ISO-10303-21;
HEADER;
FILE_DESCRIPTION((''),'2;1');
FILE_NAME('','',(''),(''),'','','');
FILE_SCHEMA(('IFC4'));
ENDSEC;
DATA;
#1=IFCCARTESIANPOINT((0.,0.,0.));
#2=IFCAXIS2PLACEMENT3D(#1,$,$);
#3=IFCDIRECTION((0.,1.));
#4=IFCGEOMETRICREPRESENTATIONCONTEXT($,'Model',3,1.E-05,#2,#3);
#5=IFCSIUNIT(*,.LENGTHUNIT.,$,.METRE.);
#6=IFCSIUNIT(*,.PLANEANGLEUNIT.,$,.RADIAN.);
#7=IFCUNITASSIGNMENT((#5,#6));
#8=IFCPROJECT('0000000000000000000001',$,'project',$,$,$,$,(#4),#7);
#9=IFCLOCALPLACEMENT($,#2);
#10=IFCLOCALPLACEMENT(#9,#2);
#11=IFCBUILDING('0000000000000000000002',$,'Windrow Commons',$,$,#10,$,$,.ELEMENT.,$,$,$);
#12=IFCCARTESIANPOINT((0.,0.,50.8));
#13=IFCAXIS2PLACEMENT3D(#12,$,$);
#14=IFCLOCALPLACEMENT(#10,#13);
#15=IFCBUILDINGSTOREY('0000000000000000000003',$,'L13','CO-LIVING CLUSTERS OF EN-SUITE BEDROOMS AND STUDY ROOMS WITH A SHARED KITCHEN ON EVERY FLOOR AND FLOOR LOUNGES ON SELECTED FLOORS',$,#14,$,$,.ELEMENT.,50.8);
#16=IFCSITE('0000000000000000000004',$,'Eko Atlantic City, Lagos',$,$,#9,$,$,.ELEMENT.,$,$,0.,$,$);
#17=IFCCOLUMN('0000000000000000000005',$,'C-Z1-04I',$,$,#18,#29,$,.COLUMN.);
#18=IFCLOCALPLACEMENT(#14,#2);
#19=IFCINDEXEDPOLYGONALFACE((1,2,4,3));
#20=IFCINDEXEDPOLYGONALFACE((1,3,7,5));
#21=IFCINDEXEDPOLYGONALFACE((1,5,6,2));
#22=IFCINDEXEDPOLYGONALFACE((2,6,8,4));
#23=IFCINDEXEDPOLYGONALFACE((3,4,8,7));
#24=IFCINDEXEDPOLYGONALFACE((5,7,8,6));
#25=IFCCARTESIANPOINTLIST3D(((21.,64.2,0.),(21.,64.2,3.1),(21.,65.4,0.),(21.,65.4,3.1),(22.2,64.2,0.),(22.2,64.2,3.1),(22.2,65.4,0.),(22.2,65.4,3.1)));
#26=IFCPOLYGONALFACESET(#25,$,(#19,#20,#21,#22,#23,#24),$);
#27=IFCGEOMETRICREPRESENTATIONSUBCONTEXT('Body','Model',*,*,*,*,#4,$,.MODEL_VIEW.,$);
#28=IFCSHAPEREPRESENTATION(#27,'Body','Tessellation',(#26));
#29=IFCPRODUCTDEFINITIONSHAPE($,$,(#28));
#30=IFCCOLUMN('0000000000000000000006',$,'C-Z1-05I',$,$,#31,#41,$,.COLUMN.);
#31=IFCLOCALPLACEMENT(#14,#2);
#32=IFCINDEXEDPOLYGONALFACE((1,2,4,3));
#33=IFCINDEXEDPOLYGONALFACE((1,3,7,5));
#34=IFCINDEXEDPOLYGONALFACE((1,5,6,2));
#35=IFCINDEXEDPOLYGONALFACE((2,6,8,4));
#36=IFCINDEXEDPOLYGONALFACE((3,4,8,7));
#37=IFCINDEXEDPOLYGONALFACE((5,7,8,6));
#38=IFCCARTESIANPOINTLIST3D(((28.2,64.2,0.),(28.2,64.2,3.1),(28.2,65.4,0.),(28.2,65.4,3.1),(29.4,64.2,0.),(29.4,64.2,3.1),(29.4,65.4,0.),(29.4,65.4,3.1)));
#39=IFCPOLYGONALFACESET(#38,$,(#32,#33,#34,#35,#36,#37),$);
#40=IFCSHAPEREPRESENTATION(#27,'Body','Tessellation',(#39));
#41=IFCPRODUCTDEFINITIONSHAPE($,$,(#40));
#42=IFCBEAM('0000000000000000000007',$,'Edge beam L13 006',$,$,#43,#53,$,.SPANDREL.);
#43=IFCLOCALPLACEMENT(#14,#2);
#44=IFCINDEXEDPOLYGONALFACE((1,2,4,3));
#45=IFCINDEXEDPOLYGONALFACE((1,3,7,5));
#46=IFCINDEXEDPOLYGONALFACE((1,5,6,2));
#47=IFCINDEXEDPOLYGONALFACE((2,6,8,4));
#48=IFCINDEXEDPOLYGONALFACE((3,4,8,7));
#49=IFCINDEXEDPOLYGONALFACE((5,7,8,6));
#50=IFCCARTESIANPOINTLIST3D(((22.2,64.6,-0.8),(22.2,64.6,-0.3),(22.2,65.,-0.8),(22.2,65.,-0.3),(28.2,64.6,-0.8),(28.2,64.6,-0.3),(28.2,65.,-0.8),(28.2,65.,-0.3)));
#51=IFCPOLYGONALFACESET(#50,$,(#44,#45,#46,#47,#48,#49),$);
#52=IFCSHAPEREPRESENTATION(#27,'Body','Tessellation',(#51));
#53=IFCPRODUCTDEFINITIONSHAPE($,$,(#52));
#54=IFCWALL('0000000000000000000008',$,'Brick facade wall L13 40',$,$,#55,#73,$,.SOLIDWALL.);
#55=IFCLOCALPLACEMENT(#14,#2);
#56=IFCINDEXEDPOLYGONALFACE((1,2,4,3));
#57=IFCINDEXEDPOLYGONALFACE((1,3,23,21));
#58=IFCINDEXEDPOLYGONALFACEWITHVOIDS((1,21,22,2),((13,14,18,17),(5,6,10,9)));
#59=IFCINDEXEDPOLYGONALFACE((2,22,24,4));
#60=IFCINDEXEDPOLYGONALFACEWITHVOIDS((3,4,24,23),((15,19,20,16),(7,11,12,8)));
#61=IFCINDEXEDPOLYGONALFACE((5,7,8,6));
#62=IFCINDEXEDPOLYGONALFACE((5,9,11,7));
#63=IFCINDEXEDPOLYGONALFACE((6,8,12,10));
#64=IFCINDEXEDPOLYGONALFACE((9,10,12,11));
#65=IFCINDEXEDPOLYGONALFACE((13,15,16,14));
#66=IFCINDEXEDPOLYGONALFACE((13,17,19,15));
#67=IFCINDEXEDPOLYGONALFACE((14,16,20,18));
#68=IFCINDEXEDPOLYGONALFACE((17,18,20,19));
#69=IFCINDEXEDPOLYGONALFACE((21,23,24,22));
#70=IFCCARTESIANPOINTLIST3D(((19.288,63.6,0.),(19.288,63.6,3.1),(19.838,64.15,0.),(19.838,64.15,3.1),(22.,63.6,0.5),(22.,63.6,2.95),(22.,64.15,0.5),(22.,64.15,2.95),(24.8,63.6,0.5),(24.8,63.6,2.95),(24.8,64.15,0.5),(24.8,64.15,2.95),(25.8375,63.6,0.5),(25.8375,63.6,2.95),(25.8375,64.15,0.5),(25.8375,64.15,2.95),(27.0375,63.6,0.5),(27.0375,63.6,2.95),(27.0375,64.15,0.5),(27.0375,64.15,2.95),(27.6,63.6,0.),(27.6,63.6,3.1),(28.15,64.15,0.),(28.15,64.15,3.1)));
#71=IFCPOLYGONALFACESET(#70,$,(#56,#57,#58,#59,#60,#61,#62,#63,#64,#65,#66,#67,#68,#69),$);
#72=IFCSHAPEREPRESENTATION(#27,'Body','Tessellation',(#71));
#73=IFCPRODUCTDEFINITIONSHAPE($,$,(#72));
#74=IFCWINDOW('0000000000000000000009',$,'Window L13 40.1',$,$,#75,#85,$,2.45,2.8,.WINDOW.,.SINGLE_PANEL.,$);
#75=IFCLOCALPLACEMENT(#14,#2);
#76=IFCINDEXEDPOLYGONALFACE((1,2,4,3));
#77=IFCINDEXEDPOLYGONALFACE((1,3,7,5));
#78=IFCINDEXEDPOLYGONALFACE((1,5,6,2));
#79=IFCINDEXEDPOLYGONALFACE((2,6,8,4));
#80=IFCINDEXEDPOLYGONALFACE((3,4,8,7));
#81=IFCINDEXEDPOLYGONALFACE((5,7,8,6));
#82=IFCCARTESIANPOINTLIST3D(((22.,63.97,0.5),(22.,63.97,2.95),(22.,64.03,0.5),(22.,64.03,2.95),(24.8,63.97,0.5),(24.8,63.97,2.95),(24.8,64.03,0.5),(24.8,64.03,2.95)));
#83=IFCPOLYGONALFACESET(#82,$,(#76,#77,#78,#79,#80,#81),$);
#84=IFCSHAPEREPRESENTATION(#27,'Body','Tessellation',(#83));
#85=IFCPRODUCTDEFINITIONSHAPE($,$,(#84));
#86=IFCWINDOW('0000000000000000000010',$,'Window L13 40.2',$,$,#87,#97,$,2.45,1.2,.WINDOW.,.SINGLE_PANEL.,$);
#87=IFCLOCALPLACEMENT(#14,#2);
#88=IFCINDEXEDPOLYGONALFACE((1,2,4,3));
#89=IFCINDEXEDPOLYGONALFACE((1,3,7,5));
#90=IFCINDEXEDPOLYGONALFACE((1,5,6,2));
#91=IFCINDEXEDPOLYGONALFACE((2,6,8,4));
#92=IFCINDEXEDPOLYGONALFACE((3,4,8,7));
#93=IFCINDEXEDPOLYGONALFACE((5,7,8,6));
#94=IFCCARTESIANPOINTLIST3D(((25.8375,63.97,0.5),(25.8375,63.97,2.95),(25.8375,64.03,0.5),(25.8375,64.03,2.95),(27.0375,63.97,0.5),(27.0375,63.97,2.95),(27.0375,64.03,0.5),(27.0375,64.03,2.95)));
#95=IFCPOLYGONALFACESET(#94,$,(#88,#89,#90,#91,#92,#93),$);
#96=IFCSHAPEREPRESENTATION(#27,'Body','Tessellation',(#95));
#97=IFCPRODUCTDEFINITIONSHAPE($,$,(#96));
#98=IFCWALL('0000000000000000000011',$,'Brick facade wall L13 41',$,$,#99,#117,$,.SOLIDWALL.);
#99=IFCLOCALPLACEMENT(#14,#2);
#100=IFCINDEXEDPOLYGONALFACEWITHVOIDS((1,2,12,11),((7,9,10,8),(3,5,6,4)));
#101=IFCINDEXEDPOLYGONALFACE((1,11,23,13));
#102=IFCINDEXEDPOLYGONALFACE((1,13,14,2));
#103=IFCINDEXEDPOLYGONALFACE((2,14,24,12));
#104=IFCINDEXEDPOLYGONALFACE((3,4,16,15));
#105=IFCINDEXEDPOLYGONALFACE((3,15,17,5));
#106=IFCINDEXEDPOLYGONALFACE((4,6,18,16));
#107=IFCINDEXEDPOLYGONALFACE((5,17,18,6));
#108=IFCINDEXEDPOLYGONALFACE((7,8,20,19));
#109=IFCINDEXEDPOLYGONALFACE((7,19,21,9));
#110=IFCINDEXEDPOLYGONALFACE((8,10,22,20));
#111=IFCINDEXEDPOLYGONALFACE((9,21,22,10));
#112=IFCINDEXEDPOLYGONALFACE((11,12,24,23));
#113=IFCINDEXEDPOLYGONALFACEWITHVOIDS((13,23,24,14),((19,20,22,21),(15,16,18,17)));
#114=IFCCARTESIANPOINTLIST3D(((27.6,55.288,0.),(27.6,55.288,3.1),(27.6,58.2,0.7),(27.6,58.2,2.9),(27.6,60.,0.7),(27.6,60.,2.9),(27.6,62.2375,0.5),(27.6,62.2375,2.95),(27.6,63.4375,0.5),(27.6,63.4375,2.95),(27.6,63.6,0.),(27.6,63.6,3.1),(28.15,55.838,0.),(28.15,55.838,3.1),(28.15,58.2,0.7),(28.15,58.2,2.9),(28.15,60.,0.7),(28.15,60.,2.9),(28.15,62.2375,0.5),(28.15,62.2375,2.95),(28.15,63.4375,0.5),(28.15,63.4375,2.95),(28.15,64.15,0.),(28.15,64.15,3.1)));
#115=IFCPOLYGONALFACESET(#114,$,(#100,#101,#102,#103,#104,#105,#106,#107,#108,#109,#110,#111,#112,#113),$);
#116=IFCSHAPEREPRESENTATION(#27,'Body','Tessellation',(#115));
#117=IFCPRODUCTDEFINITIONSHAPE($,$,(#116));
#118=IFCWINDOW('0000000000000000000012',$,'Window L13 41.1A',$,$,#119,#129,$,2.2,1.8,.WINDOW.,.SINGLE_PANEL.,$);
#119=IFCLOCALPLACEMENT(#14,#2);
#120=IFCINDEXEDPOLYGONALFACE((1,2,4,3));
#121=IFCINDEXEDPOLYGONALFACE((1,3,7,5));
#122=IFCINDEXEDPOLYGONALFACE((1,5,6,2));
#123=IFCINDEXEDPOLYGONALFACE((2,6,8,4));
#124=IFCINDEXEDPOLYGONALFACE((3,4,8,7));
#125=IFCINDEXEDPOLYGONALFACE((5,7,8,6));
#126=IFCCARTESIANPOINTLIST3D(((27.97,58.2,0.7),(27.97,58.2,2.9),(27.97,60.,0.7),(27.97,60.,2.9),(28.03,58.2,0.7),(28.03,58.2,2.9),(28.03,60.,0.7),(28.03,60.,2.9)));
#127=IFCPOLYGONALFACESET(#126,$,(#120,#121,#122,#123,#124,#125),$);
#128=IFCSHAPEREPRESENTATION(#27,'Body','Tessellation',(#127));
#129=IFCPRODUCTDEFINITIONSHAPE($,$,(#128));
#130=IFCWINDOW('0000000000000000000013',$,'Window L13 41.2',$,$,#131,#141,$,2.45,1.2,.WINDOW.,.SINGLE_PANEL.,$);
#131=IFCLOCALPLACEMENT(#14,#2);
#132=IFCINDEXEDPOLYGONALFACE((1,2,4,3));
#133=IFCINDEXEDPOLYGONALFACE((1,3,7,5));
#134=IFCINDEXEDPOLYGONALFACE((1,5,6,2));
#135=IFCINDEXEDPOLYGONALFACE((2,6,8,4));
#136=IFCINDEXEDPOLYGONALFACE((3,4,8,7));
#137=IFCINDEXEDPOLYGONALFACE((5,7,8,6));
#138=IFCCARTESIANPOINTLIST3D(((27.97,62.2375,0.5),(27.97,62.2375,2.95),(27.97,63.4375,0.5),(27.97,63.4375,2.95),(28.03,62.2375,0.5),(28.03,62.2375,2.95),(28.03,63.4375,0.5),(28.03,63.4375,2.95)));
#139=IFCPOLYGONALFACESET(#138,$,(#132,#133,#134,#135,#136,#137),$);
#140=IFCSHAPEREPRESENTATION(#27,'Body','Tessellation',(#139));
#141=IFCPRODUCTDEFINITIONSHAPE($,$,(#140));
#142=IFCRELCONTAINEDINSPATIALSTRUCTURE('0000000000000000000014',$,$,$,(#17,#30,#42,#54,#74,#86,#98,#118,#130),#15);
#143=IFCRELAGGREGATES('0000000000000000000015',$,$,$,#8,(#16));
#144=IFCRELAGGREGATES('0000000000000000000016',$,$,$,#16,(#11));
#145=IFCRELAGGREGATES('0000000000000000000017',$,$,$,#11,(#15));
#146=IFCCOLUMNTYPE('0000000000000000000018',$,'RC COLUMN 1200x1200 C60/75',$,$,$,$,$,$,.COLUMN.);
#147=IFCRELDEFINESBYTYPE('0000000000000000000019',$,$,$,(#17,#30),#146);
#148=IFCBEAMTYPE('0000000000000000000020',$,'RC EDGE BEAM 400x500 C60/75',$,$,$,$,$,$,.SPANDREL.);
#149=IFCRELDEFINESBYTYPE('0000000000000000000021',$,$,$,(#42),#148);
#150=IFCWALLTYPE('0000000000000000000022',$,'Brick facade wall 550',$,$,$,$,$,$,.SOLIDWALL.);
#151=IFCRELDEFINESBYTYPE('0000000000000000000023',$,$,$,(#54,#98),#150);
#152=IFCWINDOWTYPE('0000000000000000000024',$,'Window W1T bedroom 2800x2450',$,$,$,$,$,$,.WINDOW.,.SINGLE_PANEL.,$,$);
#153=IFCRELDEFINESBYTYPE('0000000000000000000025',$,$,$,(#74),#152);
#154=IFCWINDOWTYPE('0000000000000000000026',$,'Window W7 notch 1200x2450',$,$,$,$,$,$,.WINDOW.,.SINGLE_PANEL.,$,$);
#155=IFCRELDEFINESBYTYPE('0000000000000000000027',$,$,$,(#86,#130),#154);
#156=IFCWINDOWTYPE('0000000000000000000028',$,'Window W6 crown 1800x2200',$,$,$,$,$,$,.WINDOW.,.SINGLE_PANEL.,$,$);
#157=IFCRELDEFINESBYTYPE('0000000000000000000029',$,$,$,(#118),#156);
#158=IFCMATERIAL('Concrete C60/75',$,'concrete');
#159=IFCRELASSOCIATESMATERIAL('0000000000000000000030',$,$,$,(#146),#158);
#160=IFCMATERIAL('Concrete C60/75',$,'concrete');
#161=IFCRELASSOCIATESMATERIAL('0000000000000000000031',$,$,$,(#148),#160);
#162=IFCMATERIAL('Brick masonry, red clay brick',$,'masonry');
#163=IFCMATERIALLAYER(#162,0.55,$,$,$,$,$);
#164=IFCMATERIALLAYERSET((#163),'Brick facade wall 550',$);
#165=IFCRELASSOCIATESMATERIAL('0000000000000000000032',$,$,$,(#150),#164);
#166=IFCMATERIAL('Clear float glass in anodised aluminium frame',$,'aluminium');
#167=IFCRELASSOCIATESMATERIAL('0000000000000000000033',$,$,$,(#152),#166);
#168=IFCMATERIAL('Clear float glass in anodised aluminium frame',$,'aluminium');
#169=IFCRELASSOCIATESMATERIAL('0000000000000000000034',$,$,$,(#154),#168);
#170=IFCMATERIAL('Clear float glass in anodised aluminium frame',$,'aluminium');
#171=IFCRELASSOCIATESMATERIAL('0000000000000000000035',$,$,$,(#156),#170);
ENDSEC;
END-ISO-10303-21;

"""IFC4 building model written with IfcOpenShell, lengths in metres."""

from ifc_helpers import new_model, si_unit, direction, frame, frame_2d, origin, origin_2d, place, context, subcontext, project, spatial, polyline, rectangle, outline, extrude, material, layer, layer_set, material_profile, profile_set, type_object, element, fill, save


model = new_model("IFC4")

# Units and contexts
model_context = context("Model", 3, precision=1e-05, world=origin(), true_north=direction((0.0, 1.0)))
body_context = subcontext(model_context, "Body", "Model", "MODEL_VIEW")
ifc_project = project(units=[si_unit("LENGTHUNIT", "METRE"), si_unit("PLANEANGLEUNIT", "RADIAN")], contexts=[model_context])

# Site, building, storey
site_placement = place(None, origin())
site = spatial("IfcSite", under=ifc_project, at=site_placement, Name="Eko Atlantic City, Lagos", CompositionType="ELEMENT", RefElevation=0.0)
building_placement = place(site_placement, origin())
building = spatial("IfcBuilding", under=site, at=building_placement, Name="Windrow Commons", CompositionType="ELEMENT")
storey_placement = place(building_placement, frame((0.0, 0.0, 50.8)))
storey = spatial("IfcBuildingStorey", under=building, at=storey_placement, Name="L13", Description="CO-LIVING CLUSTERS OF EN-SUITE BEDROOMS AND STUDY ROOMS WITH A SHARED KITCHEN ON EVERY FLOOR AND FLOOR LOUNGES ON SELECTED FLOORS", CompositionType="ELEMENT", Elevation=50.8)

# Columns
ifc_material_1 = material(Name="Concrete C60/75", Category="concrete")
ifc_material_profile_1 = material_profile(ifc_material_1, rectangle(XDim=1.2, YDim=1.2, at=origin_2d()))
ifc_profile_set_1 = profile_set([ifc_material_profile_1], Name="Concrete C60/75")
column_type = type_object("IfcColumnType", Name="RC COLUMN 1200x1200 C60/75", PredefinedType="COLUMN", material=ifc_profile_set_1)
for number, where, z_axis, x_axis, name in (
    (1, (21.6, 64.8, 0.0), (0.0, 0.0, 1.0), (1.0, 0.0, 0.0), "C-Z1-04I"),
    (2, (28.8, 64.8, 0.0), (0.0, 0.0, 1.0), (1.0, 0.0, 0.0), "C-Z1-05I"),
):
    element("IfcColumn", number, at=place(storey_placement, frame(where, z_axis=z_axis, x_axis=x_axis)), inside=storey, type_object=column_type, Name=name, PredefinedType="COLUMN", context=body_context, shape_type="SweptSolid", body=[
        extrude(rectangle(XDim=1.2, YDim=1.2, at=origin_2d()), origin(), (0.0, 0.0, 1.0), 3.1),
    ])

# Beam
ifc_material_2 = material(Name="Concrete C60/75", Category="concrete")
ifc_material_profile_2 = material_profile(ifc_material_2, rectangle(XDim=0.4, YDim=0.5, at=origin_2d()))
ifc_profile_set_2 = profile_set([ifc_material_profile_2], Name="Concrete C60/75")
beam_type = type_object("IfcBeamType", Name="RC EDGE BEAM 400x500 C60/75", PredefinedType="SPANDREL", material=ifc_profile_set_2)
beam_placement = place(storey_placement, frame((28.2, 64.8, -0.55), z_axis=(-1.0, 0.0, 0.0), x_axis=(0.0, -1.0, 0.0)))
element("IfcBeam", 3, at=beam_placement, inside=storey, type_object=beam_type, Name="Edge beam L13 006", PredefinedType="SPANDREL", context=body_context, shape_type="SweptSolid", body=[
    extrude(rectangle(XDim=0.4, YDim=0.5, at=origin_2d()), origin(), (0.0, 0.0, 1.0), 6.0),
])

# Walls, openings, windows
ifc_material_3 = material(Name="Brick masonry, red clay brick", Category="masonry")
ifc_layer_1 = layer(ifc_material_3, 0.55)
ifc_layer_set_1 = layer_set([ifc_layer_1], Name="Brick facade wall 550")
wall_type_1 = type_object("IfcWallType", Name="Brick facade wall 550", PredefinedType="SOLIDWALL", material=ifc_layer_set_1)
wall_1_placement = place(storey_placement, frame((19.563, 63.875, 0.0), z_axis=(0.0, 0.0, 1.0), x_axis=(1.0, 0.0, 0.0)))
wall_1 = element("IfcWall", 4, at=wall_1_placement, inside=storey, type_object=wall_type_1, Name="Brick facade wall L13 40", PredefinedType="SOLIDWALL", context=body_context, shape_type="SweptSolid", body=[
    extrude(outline(polyline([(-0.275, -0.275), (8.037, -0.275), (8.587, 0.275), (0.275, 0.275), (-0.275, -0.275)])), origin(), (0.0, 0.0, 1.0), 3.1),
])
opening_1_placement = place(wall_1_placement, frame((2.437, 0.0, 0.5)))
opening_1 = element("IfcOpeningElement", 5, at=opening_1_placement, cuts=wall_1, PredefinedType="OPENING", context=body_context, shape_type="SweptSolid", body=[
    extrude(rectangle(XDim=2.8, YDim=2.45, at=frame_2d((1.4, 1.225))), frame((0.0, 0.285, 0.0), z_axis=(0.0, -1.0, 0.0), x_axis=(1.0, 0.0, 0.0)), (0.0, 0.0, 1.0), 0.57),
])
opening_2_placement = place(wall_1_placement, frame((6.2745, 0.0, 0.5)))
opening_2 = element("IfcOpeningElement", 6, at=opening_2_placement, cuts=wall_1, PredefinedType="OPENING", context=body_context, shape_type="SweptSolid", body=[
    extrude(rectangle(XDim=1.2, YDim=2.45, at=frame_2d((0.6, 1.225))), frame((0.0, 0.285, 0.0), z_axis=(0.0, -1.0, 0.0), x_axis=(1.0, 0.0, 0.0)), (0.0, 0.0, 1.0), 0.57),
])
ifc_material_4 = material(Name="Clear float glass in anodised aluminium frame", Category="aluminium")
window_type_1 = type_object("IfcWindowType", Name="Window W1T bedroom 2800x2450", PartitioningType="SINGLE_PANEL", PredefinedType="WINDOW", material=ifc_material_4)
window_1_placement = place(opening_1_placement, origin())
window_1 = element("IfcWindow", 7, at=window_1_placement, inside=storey, type_object=window_type_1, Name="Window L13 40.1", OverallHeight=2.45, OverallWidth=2.8, PartitioningType="SINGLE_PANEL", PredefinedType="WINDOW", context=body_context, shape_type="SweptSolid", body=[
    extrude(rectangle(XDim=2.8, YDim=2.45, at=frame_2d((1.4, 1.225))), frame((0.0, 0.155, 0.0), z_axis=(0.0, -1.0, 0.0), x_axis=(1.0, 0.0, 0.0)), (0.0, 0.0, 1.0), 0.06),
])
fill(opening_1, window_1)
ifc_material_5 = material(Name="Clear float glass in anodised aluminium frame", Category="aluminium")
window_type_2 = type_object("IfcWindowType", Name="Window W7 notch 1200x2450", PartitioningType="SINGLE_PANEL", PredefinedType="WINDOW", material=ifc_material_5)
window_2_placement = place(opening_2_placement, origin())
window_2 = element("IfcWindow", 8, at=window_2_placement, inside=storey, type_object=window_type_2, Name="Window L13 40.2", OverallHeight=2.45, OverallWidth=1.2, PartitioningType="SINGLE_PANEL", PredefinedType="WINDOW", context=body_context, shape_type="SweptSolid", body=[
    extrude(rectangle(XDim=1.2, YDim=2.45, at=frame_2d((0.6, 1.225))), frame((0.0, 0.155, 0.0), z_axis=(0.0, -1.0, 0.0), x_axis=(1.0, 0.0, 0.0)), (0.0, 0.0, 1.0), 0.06),
])
fill(opening_2, window_2)
wall_2_placement = place(storey_placement, frame((27.875, 63.875, 0.0), z_axis=(0.0, 0.0, 1.0), x_axis=(0.0, -1.0, 0.0)))
wall_2 = element("IfcWall", 9, at=wall_2_placement, inside=storey, type_object=wall_type_1, Name="Brick facade wall L13 41", PredefinedType="SOLIDWALL", context=body_context, shape_type="SweptSolid", body=[
    extrude(outline(polyline([(0.275, -0.275), (8.587, -0.275), (8.037, 0.275), (-0.275, 0.275), (0.275, -0.275)])), origin(), (0.0, 0.0, 1.0), 3.1),
])
opening_3_placement = place(wall_2_placement, frame((0.4375, 0.0, 0.5)))
opening_3 = element("IfcOpeningElement", 10, at=opening_3_placement, cuts=wall_2, PredefinedType="OPENING", context=body_context, shape_type="SweptSolid", body=[
    extrude(rectangle(XDim=1.2, YDim=2.45, at=frame_2d((0.6, 1.225))), frame((0.0, 0.285, 0.0), z_axis=(0.0, -1.0, 0.0), x_axis=(1.0, 0.0, 0.0)), (0.0, 0.0, 1.0), 0.57),
])
opening_4_placement = place(wall_2_placement, frame((3.875, 0.0, 0.7)))
opening_4 = element("IfcOpeningElement", 11, at=opening_4_placement, cuts=wall_2, PredefinedType="OPENING", context=body_context, shape_type="SweptSolid", body=[
    extrude(rectangle(XDim=1.8, YDim=2.2, at=frame_2d((0.9, 1.1))), frame((0.0, 0.285, 0.0), z_axis=(0.0, -1.0, 0.0), x_axis=(1.0, 0.0, 0.0)), (0.0, 0.0, 1.0), 0.57),
])
ifc_material_6 = material(Name="Clear float glass in anodised aluminium frame", Category="aluminium")
window_type_3 = type_object("IfcWindowType", Name="Window W6 crown 1800x2200", PartitioningType="SINGLE_PANEL", PredefinedType="WINDOW", material=ifc_material_6)
window_3_placement = place(opening_4_placement, origin())
window_3 = element("IfcWindow", 12, at=window_3_placement, inside=storey, type_object=window_type_3, Name="Window L13 41.1A", OverallHeight=2.2, OverallWidth=1.8, PartitioningType="SINGLE_PANEL", PredefinedType="WINDOW", context=body_context, shape_type="SweptSolid", body=[
    extrude(rectangle(XDim=1.8, YDim=2.2, at=frame_2d((0.9, 1.1))), frame((0.0, 0.155, 0.0), z_axis=(0.0, -1.0, 0.0), x_axis=(1.0, 0.0, 0.0)), (0.0, 0.0, 1.0), 0.06),
])
fill(opening_4, window_3)
window_4_placement = place(opening_3_placement, origin())
window_4 = element("IfcWindow", 13, at=window_4_placement, inside=storey, type_object=window_type_2, Name="Window L13 41.2", OverallHeight=2.45, OverallWidth=1.2, PartitioningType="SINGLE_PANEL", PredefinedType="WINDOW", context=body_context, shape_type="SweptSolid", body=[
    extrude(rectangle(XDim=1.2, YDim=2.45, at=frame_2d((0.6, 1.225))), frame((0.0, 0.155, 0.0), z_axis=(0.0, -1.0, 0.0), x_axis=(1.0, 0.0, 0.0)), (0.0, 0.0, 1.0), 0.06),
])
fill(opening_3, window_4)

save(model, "model.ifc")
